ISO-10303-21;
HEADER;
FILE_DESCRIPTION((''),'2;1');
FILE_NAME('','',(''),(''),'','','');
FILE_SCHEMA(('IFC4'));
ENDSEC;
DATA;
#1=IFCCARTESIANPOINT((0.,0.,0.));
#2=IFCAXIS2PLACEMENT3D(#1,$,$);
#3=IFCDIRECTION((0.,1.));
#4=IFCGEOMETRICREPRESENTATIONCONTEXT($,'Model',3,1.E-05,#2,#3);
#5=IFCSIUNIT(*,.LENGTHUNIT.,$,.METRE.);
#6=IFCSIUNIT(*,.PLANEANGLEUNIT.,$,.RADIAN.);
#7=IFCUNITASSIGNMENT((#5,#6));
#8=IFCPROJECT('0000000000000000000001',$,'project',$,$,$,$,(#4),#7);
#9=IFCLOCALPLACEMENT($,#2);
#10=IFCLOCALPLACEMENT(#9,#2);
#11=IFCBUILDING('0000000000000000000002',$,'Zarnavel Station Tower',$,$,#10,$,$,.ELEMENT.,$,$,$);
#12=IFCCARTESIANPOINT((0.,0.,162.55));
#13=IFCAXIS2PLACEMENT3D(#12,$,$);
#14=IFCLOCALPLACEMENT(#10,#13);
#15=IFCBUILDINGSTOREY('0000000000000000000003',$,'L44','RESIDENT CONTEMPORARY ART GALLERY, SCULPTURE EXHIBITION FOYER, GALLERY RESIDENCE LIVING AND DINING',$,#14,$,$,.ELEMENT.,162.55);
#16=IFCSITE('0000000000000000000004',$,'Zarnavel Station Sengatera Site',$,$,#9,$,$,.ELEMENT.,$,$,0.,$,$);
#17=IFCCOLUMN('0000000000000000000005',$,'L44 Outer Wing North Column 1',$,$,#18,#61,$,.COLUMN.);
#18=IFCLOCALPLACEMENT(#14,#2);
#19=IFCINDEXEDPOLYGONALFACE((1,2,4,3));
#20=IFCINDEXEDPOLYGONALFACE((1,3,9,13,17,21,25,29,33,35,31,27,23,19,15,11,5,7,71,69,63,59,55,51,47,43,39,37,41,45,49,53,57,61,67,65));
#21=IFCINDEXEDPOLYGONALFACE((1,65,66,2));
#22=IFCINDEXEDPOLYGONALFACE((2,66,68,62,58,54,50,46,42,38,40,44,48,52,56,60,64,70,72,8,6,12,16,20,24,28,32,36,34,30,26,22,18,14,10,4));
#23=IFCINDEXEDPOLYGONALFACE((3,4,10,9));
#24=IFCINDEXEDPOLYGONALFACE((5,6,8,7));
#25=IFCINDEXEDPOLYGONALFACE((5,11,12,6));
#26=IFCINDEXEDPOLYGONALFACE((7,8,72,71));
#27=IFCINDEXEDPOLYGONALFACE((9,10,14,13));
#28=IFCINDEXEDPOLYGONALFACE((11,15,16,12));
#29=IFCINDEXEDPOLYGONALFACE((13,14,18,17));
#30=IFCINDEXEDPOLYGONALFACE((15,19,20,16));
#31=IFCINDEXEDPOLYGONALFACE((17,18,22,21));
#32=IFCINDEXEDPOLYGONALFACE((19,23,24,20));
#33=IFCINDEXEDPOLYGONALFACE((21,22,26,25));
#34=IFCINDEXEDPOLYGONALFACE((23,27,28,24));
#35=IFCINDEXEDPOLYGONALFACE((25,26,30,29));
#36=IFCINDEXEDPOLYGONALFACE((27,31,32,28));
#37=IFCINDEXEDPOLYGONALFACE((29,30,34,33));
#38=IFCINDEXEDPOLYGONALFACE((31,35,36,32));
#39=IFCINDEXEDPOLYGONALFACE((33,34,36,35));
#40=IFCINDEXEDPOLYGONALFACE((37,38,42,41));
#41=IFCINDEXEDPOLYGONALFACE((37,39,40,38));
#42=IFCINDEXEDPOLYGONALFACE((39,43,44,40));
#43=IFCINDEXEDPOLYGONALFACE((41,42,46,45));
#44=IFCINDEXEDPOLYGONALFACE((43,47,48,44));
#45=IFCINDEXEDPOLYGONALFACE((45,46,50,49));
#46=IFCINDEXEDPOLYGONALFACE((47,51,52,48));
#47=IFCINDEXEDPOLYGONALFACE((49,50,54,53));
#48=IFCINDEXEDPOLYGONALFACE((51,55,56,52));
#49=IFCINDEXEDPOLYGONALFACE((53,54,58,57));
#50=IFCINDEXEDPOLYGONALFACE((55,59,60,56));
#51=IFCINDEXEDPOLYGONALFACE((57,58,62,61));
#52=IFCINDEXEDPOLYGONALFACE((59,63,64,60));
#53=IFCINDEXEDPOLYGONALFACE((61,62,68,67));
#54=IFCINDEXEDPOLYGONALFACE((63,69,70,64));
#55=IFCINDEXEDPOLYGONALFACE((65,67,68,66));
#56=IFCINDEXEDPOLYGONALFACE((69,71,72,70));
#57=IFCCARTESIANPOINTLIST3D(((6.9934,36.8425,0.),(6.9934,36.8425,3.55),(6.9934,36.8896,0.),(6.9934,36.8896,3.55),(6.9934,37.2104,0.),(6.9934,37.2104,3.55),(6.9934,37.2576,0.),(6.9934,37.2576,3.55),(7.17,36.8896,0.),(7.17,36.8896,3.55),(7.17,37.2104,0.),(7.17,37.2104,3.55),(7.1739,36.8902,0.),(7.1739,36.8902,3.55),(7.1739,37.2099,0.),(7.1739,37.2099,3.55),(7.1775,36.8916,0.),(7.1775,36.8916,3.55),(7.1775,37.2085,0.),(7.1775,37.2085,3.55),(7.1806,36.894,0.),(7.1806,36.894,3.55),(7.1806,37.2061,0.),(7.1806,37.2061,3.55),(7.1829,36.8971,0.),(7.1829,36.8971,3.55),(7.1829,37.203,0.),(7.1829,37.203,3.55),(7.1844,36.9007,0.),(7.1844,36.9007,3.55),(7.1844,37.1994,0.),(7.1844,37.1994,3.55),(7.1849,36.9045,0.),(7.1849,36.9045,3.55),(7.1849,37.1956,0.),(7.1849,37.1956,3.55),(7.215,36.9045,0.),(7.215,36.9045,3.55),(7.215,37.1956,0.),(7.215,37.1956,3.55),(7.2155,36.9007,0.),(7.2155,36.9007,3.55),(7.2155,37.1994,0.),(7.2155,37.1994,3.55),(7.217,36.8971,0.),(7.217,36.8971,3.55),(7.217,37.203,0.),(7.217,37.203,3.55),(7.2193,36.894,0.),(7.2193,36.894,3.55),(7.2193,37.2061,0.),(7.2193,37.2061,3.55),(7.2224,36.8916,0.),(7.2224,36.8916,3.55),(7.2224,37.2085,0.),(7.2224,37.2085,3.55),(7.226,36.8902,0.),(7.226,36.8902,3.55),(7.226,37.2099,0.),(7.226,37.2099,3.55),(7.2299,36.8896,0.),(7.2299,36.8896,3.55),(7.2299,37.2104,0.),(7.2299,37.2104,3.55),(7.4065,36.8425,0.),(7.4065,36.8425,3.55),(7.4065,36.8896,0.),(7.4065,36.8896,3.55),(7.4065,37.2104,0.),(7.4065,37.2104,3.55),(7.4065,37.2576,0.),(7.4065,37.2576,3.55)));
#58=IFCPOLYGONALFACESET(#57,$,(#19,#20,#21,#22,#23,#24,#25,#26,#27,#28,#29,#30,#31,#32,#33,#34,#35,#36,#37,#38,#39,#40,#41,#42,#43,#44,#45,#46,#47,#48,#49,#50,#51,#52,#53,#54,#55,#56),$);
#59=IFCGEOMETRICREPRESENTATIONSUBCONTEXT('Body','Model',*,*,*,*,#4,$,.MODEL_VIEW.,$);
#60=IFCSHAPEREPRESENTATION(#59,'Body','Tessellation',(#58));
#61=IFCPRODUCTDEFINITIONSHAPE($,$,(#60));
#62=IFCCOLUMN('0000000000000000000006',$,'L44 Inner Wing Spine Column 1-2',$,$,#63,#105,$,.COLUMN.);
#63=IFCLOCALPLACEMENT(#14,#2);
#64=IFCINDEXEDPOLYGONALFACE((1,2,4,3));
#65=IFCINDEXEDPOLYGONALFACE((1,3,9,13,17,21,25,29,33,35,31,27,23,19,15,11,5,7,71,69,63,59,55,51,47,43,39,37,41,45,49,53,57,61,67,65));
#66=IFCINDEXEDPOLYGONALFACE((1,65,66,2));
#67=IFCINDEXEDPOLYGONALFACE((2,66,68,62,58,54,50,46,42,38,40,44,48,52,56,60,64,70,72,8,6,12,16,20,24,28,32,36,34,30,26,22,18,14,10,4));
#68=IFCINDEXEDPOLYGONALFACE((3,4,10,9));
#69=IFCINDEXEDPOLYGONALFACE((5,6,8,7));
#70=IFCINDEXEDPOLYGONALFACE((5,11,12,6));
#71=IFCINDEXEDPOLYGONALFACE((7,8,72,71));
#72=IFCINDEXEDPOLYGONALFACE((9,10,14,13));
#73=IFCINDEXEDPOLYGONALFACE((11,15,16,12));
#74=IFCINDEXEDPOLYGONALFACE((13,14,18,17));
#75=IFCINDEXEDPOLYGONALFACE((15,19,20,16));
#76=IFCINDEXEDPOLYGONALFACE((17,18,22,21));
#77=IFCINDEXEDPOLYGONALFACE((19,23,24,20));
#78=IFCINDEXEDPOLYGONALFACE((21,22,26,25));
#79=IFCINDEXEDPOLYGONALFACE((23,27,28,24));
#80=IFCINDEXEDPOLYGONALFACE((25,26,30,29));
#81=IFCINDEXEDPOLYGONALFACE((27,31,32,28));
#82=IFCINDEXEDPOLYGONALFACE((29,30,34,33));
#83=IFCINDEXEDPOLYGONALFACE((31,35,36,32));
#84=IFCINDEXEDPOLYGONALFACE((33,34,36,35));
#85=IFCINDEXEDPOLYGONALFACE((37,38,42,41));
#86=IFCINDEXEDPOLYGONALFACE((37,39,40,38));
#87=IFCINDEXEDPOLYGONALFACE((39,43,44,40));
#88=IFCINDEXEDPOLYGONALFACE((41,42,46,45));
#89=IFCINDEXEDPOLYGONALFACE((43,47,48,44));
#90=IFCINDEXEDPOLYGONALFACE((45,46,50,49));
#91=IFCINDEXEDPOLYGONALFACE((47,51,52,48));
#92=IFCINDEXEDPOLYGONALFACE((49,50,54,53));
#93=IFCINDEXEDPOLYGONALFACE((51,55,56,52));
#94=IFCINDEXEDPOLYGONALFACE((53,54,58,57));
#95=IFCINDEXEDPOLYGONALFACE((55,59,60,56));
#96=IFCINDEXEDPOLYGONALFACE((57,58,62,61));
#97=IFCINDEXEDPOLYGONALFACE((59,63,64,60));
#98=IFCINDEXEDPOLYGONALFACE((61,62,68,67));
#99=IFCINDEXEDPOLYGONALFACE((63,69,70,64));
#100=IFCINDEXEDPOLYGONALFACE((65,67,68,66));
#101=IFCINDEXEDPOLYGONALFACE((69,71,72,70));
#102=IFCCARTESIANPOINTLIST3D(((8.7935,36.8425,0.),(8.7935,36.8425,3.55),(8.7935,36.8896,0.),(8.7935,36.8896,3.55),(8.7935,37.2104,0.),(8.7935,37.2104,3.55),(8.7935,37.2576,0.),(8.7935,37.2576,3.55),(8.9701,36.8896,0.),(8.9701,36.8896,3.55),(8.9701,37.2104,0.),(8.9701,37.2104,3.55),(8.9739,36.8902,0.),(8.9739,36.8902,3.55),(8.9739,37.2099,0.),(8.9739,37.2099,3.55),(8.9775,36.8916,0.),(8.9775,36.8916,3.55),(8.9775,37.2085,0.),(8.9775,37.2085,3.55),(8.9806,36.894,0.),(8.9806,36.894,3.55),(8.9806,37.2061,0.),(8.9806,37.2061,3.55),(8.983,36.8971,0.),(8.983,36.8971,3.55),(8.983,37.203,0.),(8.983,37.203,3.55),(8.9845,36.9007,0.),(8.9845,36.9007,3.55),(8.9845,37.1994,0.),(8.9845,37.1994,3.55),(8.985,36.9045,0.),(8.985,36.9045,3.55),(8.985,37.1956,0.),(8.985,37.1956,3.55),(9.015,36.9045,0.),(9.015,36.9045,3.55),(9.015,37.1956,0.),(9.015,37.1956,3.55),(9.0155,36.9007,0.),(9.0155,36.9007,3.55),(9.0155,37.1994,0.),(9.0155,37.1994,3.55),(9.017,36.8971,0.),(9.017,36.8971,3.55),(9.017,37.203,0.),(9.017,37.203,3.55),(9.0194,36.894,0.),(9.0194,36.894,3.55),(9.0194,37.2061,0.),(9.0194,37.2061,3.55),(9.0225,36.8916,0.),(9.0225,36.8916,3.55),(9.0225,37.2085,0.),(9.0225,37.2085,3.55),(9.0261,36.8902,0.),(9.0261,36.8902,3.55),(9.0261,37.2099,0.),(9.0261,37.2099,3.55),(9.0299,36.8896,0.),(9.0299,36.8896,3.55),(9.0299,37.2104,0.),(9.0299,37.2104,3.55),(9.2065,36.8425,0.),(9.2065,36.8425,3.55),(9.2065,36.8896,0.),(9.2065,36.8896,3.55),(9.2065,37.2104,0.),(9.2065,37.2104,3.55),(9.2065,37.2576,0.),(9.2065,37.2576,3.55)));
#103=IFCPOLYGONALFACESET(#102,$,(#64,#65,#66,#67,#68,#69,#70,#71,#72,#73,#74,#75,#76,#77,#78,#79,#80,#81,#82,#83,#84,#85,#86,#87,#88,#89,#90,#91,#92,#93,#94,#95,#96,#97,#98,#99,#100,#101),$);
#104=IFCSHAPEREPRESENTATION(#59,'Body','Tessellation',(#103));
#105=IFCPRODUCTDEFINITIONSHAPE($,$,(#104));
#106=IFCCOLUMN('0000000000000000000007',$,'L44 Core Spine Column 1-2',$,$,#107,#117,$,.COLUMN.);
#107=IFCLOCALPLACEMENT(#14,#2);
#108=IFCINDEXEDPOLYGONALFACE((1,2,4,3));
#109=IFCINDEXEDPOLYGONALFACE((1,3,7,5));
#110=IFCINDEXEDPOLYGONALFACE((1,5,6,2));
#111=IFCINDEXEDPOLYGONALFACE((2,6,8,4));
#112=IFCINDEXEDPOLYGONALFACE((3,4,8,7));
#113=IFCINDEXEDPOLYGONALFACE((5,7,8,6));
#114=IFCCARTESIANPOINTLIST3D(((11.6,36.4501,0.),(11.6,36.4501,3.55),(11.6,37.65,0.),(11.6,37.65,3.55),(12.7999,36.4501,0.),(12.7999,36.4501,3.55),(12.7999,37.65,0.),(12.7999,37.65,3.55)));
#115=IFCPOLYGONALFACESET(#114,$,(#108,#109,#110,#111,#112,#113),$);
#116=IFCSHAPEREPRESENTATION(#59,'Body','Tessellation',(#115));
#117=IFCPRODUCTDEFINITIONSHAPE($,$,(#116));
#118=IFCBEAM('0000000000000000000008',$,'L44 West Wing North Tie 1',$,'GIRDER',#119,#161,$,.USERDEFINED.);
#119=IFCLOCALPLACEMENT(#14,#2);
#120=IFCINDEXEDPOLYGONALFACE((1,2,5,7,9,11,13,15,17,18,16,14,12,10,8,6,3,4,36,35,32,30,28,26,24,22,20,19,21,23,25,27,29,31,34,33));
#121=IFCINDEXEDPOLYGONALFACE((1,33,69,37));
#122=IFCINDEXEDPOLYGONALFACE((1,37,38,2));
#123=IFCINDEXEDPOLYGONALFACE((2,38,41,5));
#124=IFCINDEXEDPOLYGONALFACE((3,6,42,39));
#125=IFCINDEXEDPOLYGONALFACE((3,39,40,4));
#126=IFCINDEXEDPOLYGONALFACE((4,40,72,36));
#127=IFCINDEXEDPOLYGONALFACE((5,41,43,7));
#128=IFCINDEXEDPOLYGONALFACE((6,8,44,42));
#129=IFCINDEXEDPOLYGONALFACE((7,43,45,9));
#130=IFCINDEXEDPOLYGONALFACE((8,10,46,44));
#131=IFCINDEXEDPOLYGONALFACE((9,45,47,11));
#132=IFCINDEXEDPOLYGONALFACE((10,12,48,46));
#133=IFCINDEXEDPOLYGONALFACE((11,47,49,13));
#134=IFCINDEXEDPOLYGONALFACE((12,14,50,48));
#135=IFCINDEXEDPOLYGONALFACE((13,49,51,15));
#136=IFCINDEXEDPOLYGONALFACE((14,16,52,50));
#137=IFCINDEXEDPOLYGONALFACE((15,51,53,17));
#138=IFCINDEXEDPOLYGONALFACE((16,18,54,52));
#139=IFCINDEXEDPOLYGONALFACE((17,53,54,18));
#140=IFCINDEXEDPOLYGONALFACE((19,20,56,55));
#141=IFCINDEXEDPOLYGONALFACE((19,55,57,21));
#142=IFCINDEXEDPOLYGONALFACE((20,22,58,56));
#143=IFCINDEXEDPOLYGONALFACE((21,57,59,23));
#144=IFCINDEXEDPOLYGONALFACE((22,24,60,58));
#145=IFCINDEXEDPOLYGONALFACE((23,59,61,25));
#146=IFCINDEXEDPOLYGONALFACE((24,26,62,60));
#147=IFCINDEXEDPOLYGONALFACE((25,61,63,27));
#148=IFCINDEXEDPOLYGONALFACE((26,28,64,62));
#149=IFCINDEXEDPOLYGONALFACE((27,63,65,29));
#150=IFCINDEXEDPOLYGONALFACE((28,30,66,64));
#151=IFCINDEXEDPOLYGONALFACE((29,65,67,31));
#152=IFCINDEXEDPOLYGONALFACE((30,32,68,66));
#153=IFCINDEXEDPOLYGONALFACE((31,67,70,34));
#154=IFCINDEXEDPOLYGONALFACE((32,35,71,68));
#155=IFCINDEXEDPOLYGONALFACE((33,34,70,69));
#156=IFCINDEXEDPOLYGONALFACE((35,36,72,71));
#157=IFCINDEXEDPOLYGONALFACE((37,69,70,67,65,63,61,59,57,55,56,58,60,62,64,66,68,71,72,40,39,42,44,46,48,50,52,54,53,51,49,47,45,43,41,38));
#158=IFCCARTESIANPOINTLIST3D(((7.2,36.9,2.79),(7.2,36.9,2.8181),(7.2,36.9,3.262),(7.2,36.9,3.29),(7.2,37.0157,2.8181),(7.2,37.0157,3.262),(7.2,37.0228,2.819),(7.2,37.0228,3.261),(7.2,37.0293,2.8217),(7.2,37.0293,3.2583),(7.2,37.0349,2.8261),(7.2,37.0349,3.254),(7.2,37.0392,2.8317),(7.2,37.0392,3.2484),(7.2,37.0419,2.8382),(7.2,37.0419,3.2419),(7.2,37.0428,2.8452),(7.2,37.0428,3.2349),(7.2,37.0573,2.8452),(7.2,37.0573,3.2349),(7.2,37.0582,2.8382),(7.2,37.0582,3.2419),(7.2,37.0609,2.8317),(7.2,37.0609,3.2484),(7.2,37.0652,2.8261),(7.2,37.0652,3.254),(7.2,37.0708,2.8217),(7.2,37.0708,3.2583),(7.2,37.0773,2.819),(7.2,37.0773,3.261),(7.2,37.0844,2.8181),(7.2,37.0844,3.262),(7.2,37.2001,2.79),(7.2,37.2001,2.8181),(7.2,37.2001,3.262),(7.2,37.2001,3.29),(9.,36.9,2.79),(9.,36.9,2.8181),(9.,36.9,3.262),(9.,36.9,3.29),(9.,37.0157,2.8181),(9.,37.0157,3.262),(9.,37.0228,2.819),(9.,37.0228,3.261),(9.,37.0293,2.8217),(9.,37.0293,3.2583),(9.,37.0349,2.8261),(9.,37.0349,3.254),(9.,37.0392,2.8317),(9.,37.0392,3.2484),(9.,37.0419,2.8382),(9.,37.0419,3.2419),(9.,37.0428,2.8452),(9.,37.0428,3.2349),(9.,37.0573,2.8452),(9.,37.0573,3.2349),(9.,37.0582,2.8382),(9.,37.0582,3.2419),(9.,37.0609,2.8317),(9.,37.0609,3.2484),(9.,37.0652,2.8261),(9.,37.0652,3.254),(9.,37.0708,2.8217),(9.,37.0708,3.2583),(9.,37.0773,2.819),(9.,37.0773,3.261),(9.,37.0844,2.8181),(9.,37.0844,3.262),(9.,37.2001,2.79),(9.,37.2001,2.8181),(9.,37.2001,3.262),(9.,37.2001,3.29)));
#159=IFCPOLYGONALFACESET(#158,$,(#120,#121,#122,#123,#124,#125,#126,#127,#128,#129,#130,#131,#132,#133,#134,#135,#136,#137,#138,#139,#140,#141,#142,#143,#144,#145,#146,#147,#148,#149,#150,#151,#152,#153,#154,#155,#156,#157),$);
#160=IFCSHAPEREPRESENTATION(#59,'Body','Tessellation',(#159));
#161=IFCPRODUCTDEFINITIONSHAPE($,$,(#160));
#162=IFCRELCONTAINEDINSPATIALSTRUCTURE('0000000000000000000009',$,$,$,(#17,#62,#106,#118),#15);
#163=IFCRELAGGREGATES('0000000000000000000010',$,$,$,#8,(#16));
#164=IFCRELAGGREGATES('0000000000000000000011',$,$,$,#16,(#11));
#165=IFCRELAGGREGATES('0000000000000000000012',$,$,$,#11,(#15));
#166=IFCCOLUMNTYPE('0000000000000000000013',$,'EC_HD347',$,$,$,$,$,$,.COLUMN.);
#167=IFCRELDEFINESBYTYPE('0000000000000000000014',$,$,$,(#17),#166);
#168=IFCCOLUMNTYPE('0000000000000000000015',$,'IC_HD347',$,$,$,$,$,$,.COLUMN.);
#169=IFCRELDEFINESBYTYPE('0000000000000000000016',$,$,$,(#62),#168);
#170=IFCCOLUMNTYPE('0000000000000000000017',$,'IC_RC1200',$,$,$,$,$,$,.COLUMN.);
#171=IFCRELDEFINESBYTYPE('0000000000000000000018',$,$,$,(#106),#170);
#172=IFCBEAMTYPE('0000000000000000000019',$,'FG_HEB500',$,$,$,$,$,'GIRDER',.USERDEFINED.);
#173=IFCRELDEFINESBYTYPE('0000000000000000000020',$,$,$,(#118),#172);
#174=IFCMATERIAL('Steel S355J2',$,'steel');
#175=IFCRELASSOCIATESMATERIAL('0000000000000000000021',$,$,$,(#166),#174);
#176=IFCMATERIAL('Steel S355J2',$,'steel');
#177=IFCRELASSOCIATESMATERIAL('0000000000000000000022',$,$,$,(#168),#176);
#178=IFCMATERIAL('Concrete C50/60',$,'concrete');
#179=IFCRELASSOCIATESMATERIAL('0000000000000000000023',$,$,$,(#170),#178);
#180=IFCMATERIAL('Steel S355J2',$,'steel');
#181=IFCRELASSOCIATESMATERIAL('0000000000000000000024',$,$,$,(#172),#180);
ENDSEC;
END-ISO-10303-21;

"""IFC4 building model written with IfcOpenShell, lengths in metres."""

from ifc_helpers import new_model, si_unit, direction, frame, origin, origin_2d, place, context, subcontext, project, spatial, rectangle, i_section, extrude, material, material_profile, profile_set, type_object, element, save


model = new_model("IFC4")

# Units and contexts
model_context = context("Model", 3, precision=1e-05, world=origin(), true_north=direction((0.0, 1.0)))
body_context = subcontext(model_context, "Body", "Model", "MODEL_VIEW")
ifc_project = project(units=[si_unit("LENGTHUNIT", "METRE"), si_unit("PLANEANGLEUNIT", "RADIAN")], contexts=[model_context])

# Site, building, storey
site_placement = place(None, origin())
site = spatial("IfcSite", under=ifc_project, at=site_placement, Name="Zarnavel Station Sengatera Site", CompositionType="ELEMENT", RefElevation=0.0)
building_placement = place(site_placement, origin())
building = spatial("IfcBuilding", under=site, at=building_placement, Name="Zarnavel Station Tower", CompositionType="ELEMENT")
storey_placement = place(building_placement, frame((0.0, 0.0, 162.55)))
storey = spatial("IfcBuildingStorey", under=building, at=storey_placement, Name="L44", Description="RESIDENT CONTEMPORARY ART GALLERY, SCULPTURE EXHIBITION FOYER, GALLERY RESIDENCE LIVING AND DINING", CompositionType="ELEMENT", Elevation=162.55)

# Columns
ifc_material_1 = material(Name="Steel S355J2", Category="steel")
ifc_material_profile_1 = material_profile(ifc_material_1, i_section(OverallWidth=0.4131, OverallDepth=0.415, WebThickness=0.03, FlangeThickness=0.0471, FilletRadius=0.0149, at=origin_2d()), Name="HD400x347")
ifc_profile_set_1 = profile_set([ifc_material_profile_1], Name="Steel S355J2")
column_type_1 = type_object("IfcColumnType", Name="EC_HD347", PredefinedType="COLUMN", material=ifc_profile_set_1)
column_1_placement = place(storey_placement, frame((7.2, 37.05, 0.0), z_axis=(0.0, 0.0, 1.0), x_axis=(1.0, 0.0, 0.0)))
element("IfcColumn", 1, at=column_1_placement, inside=storey, type_object=column_type_1, Name="L44 Outer Wing North Column 1", PredefinedType="COLUMN", context=body_context, shape_type="SweptSolid", body=[
    extrude(i_section(OverallWidth=0.4131, OverallDepth=0.415, WebThickness=0.03, FlangeThickness=0.0471, FilletRadius=0.0149, at=origin_2d()), origin(), (0.0, 0.0, 1.0), 3.55),
])
ifc_material_2 = material(Name="Steel S355J2", Category="steel")
ifc_material_profile_2 = material_profile(ifc_material_2, i_section(OverallWidth=0.4131, OverallDepth=0.415, WebThickness=0.03, FlangeThickness=0.0471, FilletRadius=0.0149, at=origin_2d()), Name="HD400x347")
ifc_profile_set_2 = profile_set([ifc_material_profile_2], Name="Steel S355J2")
column_type_2 = type_object("IfcColumnType", Name="IC_HD347", PredefinedType="COLUMN", material=ifc_profile_set_2)
column_2_placement = place(storey_placement, frame((9.0, 37.05, 0.0), z_axis=(0.0, 0.0, 1.0), x_axis=(1.0, 0.0, 0.0)))
element("IfcColumn", 2, at=column_2_placement, inside=storey, type_object=column_type_2, Name="L44 Inner Wing Spine Column 1-2", PredefinedType="COLUMN", context=body_context, shape_type="SweptSolid", body=[
    extrude(i_section(OverallWidth=0.4131, OverallDepth=0.415, WebThickness=0.03, FlangeThickness=0.0471, FilletRadius=0.0149, at=origin_2d()), origin(), (0.0, 0.0, 1.0), 3.55),
])
ifc_material_3 = material(Name="Concrete C50/60", Category="concrete")
ifc_material_profile_3 = material_profile(ifc_material_3, rectangle(XDim=1.2, YDim=1.2, at=origin_2d()), Name="RC1200x1200")
ifc_profile_set_3 = profile_set([ifc_material_profile_3], Name="Concrete C50/60")
column_type_3 = type_object("IfcColumnType", Name="IC_RC1200", PredefinedType="COLUMN", material=ifc_profile_set_3)
column_3_placement = place(storey_placement, frame((12.2, 37.05, 0.0), z_axis=(0.0, 0.0, 1.0), x_axis=(1.0, 0.0, 0.0)))
element("IfcColumn", 3, at=column_3_placement, inside=storey, type_object=column_type_3, Name="L44 Core Spine Column 1-2", PredefinedType="COLUMN", context=body_context, shape_type="SweptSolid", body=[
    extrude(rectangle(XDim=1.2, YDim=1.2, at=origin_2d()), origin(), (0.0, 0.0, 1.0), 3.55),
])

# Beam
ifc_material_4 = material(Name="Steel S355J2", Category="steel")
ifc_material_profile_4 = material_profile(ifc_material_4, i_section(OverallWidth=0.3, OverallDepth=0.5, WebThickness=0.0144, FlangeThickness=0.0281, FilletRadius=0.0271, at=origin_2d()), Name="HEB500")
ifc_profile_set_4 = profile_set([ifc_material_profile_4], Name="Steel S355J2")
beam_type = type_object("IfcBeamType", Name="FG_HEB500", ElementType="GIRDER", PredefinedType="USERDEFINED", material=ifc_profile_set_4)
beam_1_placement = place(storey_placement, frame((7.2, 37.05, 3.04), z_axis=(1.0, 0.0, 0.0), x_axis=(0.0, 1.0, 0.0)))
element("IfcBeam", 4, at=beam_1_placement, inside=storey, type_object=beam_type, Name="L44 West Wing North Tie 1", ObjectType="GIRDER", PredefinedType="USERDEFINED", context=body_context, shape_type="SweptSolid", body=[
    extrude(i_section(OverallWidth=0.3, OverallDepth=0.5, WebThickness=0.0144, FlangeThickness=0.0281, FilletRadius=0.0271, at=origin_2d()), origin(), (0.0, 0.0, 1.0), 1.8),
])

save(model, "model.ifc")
